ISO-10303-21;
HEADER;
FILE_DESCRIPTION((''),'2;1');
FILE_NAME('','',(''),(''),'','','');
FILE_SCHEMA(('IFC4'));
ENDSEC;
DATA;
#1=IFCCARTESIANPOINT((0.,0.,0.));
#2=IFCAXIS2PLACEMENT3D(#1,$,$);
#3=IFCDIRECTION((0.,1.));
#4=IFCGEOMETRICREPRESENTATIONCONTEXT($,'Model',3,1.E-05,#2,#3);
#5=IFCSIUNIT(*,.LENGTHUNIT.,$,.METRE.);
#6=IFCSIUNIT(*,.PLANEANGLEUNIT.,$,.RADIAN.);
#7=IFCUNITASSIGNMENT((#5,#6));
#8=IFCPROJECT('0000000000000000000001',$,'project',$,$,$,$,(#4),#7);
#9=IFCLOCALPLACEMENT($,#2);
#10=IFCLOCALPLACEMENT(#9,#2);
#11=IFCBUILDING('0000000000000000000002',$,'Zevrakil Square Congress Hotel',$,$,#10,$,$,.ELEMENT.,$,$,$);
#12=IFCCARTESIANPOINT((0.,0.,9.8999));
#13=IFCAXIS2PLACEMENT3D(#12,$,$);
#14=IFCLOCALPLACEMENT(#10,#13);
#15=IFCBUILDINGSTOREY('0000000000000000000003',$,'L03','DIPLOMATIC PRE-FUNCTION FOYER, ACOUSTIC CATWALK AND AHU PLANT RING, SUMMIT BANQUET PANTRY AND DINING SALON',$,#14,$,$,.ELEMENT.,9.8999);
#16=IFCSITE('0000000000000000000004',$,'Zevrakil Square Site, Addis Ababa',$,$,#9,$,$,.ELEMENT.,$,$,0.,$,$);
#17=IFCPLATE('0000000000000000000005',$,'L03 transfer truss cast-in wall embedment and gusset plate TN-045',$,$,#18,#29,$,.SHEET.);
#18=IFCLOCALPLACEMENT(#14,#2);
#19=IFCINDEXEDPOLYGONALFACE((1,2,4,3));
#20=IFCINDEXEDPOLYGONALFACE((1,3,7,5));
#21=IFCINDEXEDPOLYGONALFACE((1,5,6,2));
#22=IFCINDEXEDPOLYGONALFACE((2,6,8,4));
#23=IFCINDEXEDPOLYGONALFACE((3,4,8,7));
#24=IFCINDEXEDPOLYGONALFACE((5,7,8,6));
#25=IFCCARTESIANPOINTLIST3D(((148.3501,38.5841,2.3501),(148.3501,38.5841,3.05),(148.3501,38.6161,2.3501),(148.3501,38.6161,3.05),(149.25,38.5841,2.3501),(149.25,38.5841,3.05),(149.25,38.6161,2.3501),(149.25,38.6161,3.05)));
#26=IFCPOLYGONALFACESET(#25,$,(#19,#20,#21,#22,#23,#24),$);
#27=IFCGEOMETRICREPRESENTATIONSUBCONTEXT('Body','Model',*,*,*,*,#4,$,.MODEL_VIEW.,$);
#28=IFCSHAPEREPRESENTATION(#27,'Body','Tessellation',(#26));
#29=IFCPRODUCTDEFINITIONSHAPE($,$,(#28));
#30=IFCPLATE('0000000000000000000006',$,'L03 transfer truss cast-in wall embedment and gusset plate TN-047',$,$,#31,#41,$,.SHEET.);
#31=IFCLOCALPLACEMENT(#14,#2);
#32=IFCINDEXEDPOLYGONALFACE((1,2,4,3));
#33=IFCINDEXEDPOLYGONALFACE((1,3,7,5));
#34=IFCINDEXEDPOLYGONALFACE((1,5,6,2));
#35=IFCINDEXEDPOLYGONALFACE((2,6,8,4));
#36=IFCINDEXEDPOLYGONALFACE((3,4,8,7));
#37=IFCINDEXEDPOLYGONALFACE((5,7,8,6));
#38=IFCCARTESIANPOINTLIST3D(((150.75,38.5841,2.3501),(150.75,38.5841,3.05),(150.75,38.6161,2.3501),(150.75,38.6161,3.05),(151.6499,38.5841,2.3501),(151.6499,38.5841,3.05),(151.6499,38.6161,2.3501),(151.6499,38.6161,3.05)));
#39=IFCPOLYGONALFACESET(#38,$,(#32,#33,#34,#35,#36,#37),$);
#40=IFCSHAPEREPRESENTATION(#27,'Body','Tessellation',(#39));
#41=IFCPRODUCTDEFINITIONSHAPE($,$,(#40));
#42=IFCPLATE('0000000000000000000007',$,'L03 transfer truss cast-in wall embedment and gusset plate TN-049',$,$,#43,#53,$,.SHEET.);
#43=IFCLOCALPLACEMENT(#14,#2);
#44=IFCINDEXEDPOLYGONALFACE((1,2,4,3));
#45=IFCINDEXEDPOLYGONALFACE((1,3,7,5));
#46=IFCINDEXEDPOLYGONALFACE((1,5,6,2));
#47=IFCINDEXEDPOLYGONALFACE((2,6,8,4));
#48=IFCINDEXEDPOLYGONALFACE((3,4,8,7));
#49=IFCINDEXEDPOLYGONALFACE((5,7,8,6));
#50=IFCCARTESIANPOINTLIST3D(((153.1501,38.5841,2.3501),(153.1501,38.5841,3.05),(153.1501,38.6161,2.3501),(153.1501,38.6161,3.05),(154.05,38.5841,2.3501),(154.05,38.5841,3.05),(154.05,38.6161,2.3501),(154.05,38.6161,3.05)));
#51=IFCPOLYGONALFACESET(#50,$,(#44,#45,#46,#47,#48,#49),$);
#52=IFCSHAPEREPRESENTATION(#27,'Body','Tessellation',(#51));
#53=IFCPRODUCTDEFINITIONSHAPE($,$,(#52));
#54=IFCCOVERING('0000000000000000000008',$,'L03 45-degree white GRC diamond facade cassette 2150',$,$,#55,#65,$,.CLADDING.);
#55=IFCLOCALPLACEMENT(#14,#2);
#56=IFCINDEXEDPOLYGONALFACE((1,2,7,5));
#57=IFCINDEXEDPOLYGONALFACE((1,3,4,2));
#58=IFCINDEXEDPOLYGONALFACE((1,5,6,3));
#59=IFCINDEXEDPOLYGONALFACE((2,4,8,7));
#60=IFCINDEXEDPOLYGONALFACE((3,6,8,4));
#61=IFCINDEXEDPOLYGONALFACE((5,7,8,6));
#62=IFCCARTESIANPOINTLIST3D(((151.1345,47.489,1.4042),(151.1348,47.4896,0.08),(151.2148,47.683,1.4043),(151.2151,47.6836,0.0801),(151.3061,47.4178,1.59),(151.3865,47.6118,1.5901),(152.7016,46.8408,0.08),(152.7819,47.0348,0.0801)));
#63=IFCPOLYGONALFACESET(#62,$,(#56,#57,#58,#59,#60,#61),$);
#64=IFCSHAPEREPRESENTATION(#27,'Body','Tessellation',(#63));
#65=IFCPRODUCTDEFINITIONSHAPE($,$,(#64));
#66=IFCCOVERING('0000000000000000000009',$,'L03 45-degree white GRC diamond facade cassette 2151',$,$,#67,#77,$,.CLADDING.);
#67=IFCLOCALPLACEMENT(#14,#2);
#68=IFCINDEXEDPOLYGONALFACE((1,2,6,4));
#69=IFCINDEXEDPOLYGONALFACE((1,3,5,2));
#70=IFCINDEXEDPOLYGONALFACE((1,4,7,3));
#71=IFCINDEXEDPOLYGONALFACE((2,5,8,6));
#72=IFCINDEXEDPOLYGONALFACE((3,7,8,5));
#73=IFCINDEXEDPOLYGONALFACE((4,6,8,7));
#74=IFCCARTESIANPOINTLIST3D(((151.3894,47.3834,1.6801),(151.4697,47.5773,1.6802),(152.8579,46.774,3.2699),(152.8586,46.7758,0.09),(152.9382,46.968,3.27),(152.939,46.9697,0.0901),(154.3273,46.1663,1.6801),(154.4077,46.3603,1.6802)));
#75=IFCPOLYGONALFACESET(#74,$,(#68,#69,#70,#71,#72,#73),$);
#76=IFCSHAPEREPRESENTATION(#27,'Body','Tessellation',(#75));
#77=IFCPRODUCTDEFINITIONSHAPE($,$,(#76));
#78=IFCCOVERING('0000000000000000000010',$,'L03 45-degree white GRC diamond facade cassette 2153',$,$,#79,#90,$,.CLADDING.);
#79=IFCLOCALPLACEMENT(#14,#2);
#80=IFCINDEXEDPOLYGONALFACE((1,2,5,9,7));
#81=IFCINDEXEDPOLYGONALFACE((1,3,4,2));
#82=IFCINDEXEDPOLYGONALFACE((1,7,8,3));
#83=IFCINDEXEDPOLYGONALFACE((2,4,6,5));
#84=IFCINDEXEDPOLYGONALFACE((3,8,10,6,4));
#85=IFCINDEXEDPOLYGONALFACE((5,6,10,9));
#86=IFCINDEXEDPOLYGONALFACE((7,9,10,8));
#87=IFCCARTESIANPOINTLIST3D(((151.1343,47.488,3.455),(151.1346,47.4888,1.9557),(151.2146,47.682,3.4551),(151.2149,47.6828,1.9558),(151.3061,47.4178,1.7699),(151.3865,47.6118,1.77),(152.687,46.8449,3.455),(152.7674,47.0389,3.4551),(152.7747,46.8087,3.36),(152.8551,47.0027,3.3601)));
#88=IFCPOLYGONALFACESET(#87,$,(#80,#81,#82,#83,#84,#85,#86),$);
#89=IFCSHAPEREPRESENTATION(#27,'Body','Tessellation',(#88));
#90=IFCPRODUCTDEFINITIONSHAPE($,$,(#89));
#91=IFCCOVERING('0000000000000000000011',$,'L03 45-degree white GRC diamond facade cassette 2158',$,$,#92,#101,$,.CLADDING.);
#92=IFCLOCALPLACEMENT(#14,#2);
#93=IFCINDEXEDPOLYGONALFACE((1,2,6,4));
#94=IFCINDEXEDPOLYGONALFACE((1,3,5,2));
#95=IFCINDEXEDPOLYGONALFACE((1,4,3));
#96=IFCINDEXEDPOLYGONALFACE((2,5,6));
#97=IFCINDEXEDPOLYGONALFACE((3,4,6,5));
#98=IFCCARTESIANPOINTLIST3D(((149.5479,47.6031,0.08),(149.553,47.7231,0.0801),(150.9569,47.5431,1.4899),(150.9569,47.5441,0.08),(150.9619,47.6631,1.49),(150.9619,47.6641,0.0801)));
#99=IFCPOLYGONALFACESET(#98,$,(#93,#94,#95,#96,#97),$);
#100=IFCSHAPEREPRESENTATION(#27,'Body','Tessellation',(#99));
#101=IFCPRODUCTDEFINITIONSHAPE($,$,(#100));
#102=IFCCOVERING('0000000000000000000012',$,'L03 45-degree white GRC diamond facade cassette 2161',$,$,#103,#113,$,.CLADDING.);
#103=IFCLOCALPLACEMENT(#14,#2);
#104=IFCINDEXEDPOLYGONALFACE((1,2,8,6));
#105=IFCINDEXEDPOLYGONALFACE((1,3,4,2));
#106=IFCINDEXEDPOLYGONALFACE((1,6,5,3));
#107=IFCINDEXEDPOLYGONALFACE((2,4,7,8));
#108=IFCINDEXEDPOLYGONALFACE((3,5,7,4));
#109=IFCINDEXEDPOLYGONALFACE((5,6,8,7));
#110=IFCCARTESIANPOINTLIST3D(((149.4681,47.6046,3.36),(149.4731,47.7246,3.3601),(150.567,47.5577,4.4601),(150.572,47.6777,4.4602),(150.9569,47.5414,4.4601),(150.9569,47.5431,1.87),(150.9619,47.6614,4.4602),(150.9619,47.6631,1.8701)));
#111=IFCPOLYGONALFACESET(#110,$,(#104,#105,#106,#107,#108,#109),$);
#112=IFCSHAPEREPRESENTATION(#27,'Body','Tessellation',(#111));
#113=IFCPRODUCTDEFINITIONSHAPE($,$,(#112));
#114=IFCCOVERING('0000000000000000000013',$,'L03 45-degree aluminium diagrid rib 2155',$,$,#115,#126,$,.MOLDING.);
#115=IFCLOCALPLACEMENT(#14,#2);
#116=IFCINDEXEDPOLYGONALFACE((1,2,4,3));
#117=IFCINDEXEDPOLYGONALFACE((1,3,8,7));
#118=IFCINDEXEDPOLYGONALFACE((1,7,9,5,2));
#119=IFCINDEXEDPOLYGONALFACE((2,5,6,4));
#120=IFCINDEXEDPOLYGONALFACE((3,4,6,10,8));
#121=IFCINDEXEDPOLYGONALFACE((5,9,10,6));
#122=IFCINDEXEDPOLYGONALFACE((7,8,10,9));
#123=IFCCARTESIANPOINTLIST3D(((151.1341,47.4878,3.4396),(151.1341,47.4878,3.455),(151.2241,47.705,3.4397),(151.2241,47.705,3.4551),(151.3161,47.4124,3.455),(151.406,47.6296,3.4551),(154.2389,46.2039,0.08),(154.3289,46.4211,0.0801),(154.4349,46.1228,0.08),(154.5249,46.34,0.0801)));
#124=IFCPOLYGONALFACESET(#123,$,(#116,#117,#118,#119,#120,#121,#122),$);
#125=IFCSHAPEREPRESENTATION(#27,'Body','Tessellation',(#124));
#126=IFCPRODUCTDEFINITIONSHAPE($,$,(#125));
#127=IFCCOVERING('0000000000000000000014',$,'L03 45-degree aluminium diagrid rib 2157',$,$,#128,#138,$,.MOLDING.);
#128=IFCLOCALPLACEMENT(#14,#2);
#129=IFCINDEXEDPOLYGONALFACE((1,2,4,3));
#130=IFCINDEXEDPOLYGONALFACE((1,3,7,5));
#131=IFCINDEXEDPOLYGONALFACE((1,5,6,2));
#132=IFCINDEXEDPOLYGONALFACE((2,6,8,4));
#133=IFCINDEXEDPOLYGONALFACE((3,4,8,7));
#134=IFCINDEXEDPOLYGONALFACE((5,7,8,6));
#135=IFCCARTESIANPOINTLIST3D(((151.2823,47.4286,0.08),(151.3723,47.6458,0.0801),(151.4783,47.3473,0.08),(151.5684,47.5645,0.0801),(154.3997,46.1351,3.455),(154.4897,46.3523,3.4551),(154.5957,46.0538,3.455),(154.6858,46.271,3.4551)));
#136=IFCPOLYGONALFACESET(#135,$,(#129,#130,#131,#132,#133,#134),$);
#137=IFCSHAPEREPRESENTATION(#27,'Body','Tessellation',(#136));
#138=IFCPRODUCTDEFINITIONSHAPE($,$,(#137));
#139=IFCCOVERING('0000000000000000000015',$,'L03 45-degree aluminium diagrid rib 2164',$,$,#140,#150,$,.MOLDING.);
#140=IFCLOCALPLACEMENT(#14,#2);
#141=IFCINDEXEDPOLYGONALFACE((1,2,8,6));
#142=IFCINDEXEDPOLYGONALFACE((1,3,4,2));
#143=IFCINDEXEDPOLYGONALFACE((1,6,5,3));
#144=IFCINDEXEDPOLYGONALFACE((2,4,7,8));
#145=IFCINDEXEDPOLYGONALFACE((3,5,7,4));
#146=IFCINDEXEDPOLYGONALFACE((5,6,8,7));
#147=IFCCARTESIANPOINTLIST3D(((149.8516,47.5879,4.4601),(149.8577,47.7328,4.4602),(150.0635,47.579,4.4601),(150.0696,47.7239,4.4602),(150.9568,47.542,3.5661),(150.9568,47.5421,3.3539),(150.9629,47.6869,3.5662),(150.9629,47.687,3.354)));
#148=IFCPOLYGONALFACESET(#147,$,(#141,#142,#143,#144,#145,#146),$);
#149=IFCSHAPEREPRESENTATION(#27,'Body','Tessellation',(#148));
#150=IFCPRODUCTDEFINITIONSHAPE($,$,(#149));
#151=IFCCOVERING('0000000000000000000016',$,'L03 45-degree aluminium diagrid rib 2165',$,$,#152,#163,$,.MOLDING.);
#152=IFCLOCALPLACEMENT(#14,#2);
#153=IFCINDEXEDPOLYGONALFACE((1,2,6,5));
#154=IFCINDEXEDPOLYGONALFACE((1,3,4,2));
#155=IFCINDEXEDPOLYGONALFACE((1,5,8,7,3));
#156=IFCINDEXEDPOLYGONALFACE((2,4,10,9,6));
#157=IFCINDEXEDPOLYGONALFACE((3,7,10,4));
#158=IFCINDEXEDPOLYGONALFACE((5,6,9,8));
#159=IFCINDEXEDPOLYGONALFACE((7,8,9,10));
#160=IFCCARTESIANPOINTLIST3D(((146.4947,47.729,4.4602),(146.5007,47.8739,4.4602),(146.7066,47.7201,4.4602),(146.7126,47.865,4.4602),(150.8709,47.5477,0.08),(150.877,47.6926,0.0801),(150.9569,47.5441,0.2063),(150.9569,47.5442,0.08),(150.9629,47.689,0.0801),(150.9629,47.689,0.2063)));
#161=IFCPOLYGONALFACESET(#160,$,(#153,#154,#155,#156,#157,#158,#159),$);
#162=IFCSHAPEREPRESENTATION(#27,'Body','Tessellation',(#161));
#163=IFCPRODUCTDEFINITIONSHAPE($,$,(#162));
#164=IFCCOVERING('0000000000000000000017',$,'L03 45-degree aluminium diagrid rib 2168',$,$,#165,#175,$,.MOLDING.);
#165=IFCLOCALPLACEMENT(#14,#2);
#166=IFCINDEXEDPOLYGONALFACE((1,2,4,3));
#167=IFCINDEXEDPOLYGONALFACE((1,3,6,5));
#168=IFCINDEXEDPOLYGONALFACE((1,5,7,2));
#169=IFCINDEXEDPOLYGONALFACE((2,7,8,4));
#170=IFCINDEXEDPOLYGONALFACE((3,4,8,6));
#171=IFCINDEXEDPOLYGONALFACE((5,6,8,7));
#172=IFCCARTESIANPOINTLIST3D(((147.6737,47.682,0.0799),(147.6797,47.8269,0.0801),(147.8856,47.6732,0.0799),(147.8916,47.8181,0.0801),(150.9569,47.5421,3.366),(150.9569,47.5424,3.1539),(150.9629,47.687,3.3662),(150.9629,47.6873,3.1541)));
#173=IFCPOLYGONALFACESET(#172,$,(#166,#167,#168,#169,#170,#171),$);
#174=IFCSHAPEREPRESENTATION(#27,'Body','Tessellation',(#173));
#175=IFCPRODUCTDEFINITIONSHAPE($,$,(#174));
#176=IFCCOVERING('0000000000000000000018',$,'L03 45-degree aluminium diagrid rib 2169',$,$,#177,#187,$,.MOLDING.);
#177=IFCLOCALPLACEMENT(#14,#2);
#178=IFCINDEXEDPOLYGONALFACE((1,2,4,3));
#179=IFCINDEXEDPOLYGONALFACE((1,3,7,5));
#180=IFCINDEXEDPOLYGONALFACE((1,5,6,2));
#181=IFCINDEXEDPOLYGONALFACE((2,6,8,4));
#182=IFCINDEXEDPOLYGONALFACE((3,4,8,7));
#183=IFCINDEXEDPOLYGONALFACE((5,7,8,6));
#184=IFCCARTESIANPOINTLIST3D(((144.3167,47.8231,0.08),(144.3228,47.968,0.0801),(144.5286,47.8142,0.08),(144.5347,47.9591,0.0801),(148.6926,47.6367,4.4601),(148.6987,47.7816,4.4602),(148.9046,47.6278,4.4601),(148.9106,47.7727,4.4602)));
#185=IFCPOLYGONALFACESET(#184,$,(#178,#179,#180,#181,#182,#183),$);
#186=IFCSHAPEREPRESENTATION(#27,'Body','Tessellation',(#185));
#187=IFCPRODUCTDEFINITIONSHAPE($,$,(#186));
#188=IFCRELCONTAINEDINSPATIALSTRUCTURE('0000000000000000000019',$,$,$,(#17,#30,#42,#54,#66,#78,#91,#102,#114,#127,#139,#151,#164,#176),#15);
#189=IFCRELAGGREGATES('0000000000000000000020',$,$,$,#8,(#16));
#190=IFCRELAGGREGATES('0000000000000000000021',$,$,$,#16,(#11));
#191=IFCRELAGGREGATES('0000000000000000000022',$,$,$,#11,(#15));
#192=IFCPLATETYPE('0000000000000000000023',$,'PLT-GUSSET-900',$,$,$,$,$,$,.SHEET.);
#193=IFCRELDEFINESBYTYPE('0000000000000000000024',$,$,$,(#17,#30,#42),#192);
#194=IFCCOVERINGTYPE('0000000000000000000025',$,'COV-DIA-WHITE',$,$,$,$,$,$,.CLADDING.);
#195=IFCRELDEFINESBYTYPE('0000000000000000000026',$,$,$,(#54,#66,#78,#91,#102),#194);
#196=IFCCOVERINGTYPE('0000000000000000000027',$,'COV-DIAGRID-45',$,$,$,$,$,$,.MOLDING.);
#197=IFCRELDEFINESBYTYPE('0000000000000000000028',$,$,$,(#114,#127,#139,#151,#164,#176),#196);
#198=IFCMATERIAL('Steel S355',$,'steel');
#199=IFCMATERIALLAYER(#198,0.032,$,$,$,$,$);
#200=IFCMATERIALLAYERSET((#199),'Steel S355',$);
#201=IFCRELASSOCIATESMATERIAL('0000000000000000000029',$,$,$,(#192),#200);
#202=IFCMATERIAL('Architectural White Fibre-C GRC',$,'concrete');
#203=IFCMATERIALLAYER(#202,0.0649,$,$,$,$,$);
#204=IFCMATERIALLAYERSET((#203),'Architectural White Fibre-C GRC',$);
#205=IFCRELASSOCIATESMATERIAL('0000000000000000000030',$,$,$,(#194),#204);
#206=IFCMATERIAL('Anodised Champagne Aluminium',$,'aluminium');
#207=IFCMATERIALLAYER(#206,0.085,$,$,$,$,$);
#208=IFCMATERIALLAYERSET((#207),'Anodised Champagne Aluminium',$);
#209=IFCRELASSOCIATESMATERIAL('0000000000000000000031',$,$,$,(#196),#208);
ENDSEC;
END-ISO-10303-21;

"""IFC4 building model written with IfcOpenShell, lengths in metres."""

from ifc_helpers import new_model, si_unit, direction, frame, origin, origin_2d, place, context, subcontext, project, spatial, polyline, rectangle, outline, extrude, material, layer, layer_set, type_object, element, save


model = new_model("IFC4")

# Units and contexts
model_context = context("Model", 3, precision=1e-05, world=origin(), true_north=direction((0.0, 1.0)))
body_context = subcontext(model_context, "Body", "Model", "MODEL_VIEW")
ifc_project = project(units=[si_unit("LENGTHUNIT", "METRE"), si_unit("PLANEANGLEUNIT", "RADIAN")], contexts=[model_context])

# Site, building, storey
site_placement = place(None, origin())
site = spatial("IfcSite", under=ifc_project, at=site_placement, Name="Zevrakil Square Site, Addis Ababa", CompositionType="ELEMENT", RefElevation=0.0)
building_placement = place(site_placement, origin())
building = spatial("IfcBuilding", under=site, at=building_placement, Name="Zevrakil Square Congress Hotel", CompositionType="ELEMENT")
storey_placement = place(building_placement, frame((0.0, 0.0, 9.8999)))
storey = spatial("IfcBuildingStorey", under=building, at=storey_placement, Name="L03", Description="DIPLOMATIC PRE-FUNCTION FOYER, ACOUSTIC CATWALK AND AHU PLANT RING, SUMMIT BANQUET PANTRY AND DINING SALON", CompositionType="ELEMENT", Elevation=9.8999)

# Plates
ifc_material_1 = material(Name="Steel S355", Category="steel")
ifc_layer_1 = layer(ifc_material_1, 0.032)
ifc_layer_set_1 = layer_set([ifc_layer_1], Name="Steel S355")
plate_type_1 = type_object("IfcPlateType", Name="PLT-GUSSET-900", PredefinedType="SHEET", material=ifc_layer_set_1)
for number, where, z_axis, x_axis, name in (
    (1, (148.8, 38.6001, 2.3501), (0.0, 0.0, 1.0), (1.0, 0.0, 0.0), "L03 transfer truss cast-in wall embedment and gusset plate TN-045"),
    (2, (151.2, 38.6001, 2.3501), (0.0, 0.0, 1.0), (1.0, 0.0, 0.0), "L03 transfer truss cast-in wall embedment and gusset plate TN-047"),
    (3, (153.6001, 38.6001, 2.3501), (0.0, 0.0, 1.0), (1.0, 0.0, 0.0), "L03 transfer truss cast-in wall embedment and gusset plate TN-049"),
):
    element("IfcPlate", number, at=place(storey_placement, frame(where, z_axis=z_axis, x_axis=x_axis)), inside=storey, type_object=plate_type_1, Name=name, PredefinedType="SHEET", context=body_context, shape_type="SweptSolid", body=[
        extrude(rectangle(XDim=0.8999, YDim=0.032, at=origin_2d()), origin(), (0.0, 0.0, 1.0), 0.7),
    ])

# Coverings
ifc_material_2 = material(Name="Architectural White Fibre-C GRC", Category="concrete")
ifc_layer_2 = layer(ifc_material_2, 0.0649)
ifc_layer_set_2 = layer_set([ifc_layer_2], Name="Architectural White Fibre-C GRC")
covering_type_1 = type_object("IfcCoveringType", Name="COV-DIA-WHITE", PredefinedType="CLADDING", material=ifc_layer_set_2)
covering_1_placement = place(storey_placement, frame((151.3865, 47.6118, 1.5901), z_axis=(0.38257, 0.923926, 0.000496), x_axis=(-0.653279, 0.270883, -0.707)))
element("IfcCovering", 4, at=covering_1_placement, inside=storey, type_object=covering_type_1, Name="L03 45-degree white GRC diamond facade cassette 2150", PredefinedType="CLADDING", context=body_context, shape_type="SweptSolid", body=[
    extrude(outline(polyline([(0.0, 0.0), (0.2628, 0.0), (1.199, -0.9365), (-0.0004, -2.1355), (0.0, 0.0)])), origin(), (0.0, 0.0, -1.0), 0.21),
])
covering_2_placement = place(storey_placement, frame((152.9382, 46.968, 3.27), z_axis=(0.382707, 0.92387, 0.000585), x_axis=(-0.653132, 0.271003, -0.70709)))
element("IfcCovering", 5, at=covering_2_placement, inside=storey, type_object=covering_type_1, Name="L03 45-degree white GRC diamond facade cassette 2151", PredefinedType="CLADDING", context=body_context, shape_type="SweptSolid", body=[
    extrude(outline(polyline([(0.0, 0.0), (2.2484, 0.0), (2.2485, -2.2486), (-0.0003, -2.2486), (0.0, 0.0)])), origin(), (0.0, 0.0, -1.0), 0.21),
])
covering_3_placement = place(storey_placement, frame((151.3865, 47.6118, 1.77), z_axis=(0.382627, 0.923903, 0.000546), x_axis=(0.653116, -0.2709, 0.707144)))
element("IfcCovering", 6, at=covering_3_placement, inside=storey, type_object=covering_type_1, Name="L03 45-degree white GRC diamond facade cassette 2153", PredefinedType="CLADDING", context=body_context, shape_type="SweptSolid", body=[
    extrude(outline(polyline([(0.0, 0.0), (2.2486, 0.0), (2.2487, -0.1343), (1.0603, -1.3227), (0.0001, -0.2627), (0.0, 0.0)])), origin(), (0.0, 0.0, -1.0), 0.21),
])
covering_4_placement = place(storey_placement, frame((149.553, 47.7231, 0.0801), z_axis=(0.041897, 0.999122, 0.000692), x_axis=(0.999122, -0.041897, 0.0)))
element("IfcCovering", 7, at=covering_4_placement, inside=storey, type_object=covering_type_1, Name="L03 45-degree white GRC diamond facade cassette 2158", PredefinedType="CLADDING", context=body_context, shape_type="SweptSolid", body=[
    extrude(outline(polyline([(0.0, 0.0), (1.4102, 0.0), (1.4102, -1.4099), (0.0, 0.0)])), origin(), (0.0, 0.0, -1.0), 0.1201),
])
covering_5_placement = place(storey_placement, frame((149.4731, 47.7246, 3.3601), z_axis=(0.041945, 0.99912, 0.000664), x_axis=(0.706516, -0.029192, -0.707095)))
element("IfcCovering", 8, at=covering_5_placement, inside=storey, type_object=covering_type_1, Name="L03 45-degree white GRC diamond facade cassette 2161", PredefinedType="CLADDING", context=body_context, shape_type="SweptSolid", body=[
    extrude(outline(polyline([(0.0, 0.0), (2.1072, 0.0), (0.2758, -1.8316), (-0.0001, -1.5556), (0.0, 0.0)])), origin(), (0.0, 0.0, -1.0), 0.1201),
])
ifc_material_3 = material(Name="Anodised Champagne Aluminium", Category="aluminium")
ifc_layer_3 = layer(ifc_material_3, 0.085)
ifc_layer_set_3 = layer_set([ifc_layer_3], Name="Anodised Champagne Aluminium")
covering_type_2 = type_object("IfcCoveringType", Name="COV-DIAGRID-45", PredefinedType="MOLDING", material=ifc_layer_set_3)
covering_6_placement = place(storey_placement, frame((154.3289, 46.4211, 0.0801), z_axis=(0.382565, 0.923929, 0.000477), x_axis=(0.923929, -0.382565, 0.0)))
element("IfcCovering", 9, at=covering_6_placement, inside=storey, type_object=covering_type_2, Name="L03 45-degree aluminium diagrid rib 2155", PredefinedType="MOLDING", context=body_context, shape_type="SweptSolid", body=[
    extrude(outline(polyline([(0.0, 0.0), (0.2121, 0.0), (-3.1628, -3.375), (-3.3597, -3.375), (-3.3597, -3.3596), (0.0, 0.0)])), origin(), (0.0, 0.0, -1.0), 0.2351),
])
covering_7_placement = place(storey_placement, frame((154.6858, 46.271, 3.4551), z_axis=(0.383063, 0.923722, 0.000184), x_axis=(-0.923722, 0.383063, 0.0)))
element("IfcCovering", 10, at=covering_7_placement, inside=storey, type_object=covering_type_2, Name="L03 45-degree aluminium diagrid rib 2157", PredefinedType="MOLDING", context=body_context, shape_type="SweptSolid", body=[
    extrude(outline(polyline([(0.0, 0.0), (0.2122, 0.0), (3.5874, -3.375), (3.3751, -3.375), (0.0, 0.0)])), origin(), (0.0, 0.0, -1.0), 0.2351),
])
covering_8_placement = place(storey_placement, frame((150.9629, 47.687, 3.354), z_axis=(0.041982, 0.999118, 0.000606), x_axis=(-0.000025, -0.000606, 1.0)))
element("IfcCovering", 11, at=covering_8_placement, inside=storey, type_object=covering_type_2, Name="L03 45-degree aluminium diagrid rib 2164", PredefinedType="MOLDING", context=body_context, shape_type="SweptSolid", body=[
    extrude(outline(polyline([(0.0, 0.0), (0.2122, 0.0), (1.1062, -0.8941), (1.1062, -1.1062), (0.0, 0.0)])), origin(), (0.0, 0.0, -1.0), 0.145),
])
covering_9_placement = place(storey_placement, frame((150.877, 47.6926, 0.0801), z_axis=(0.041654, 0.999132, 0.000278), x_axis=(0.999132, -0.041654, 0.0)))
element("IfcCovering", 12, at=covering_9_placement, inside=storey, type_object=covering_type_2, Name="L03 45-degree aluminium diagrid rib 2165", PredefinedType="MOLDING", context=body_context, shape_type="SweptSolid", body=[
    extrude(outline(polyline([(0.0, 0.0), (0.086, 0.0), (0.086, -0.1262), (-4.1679, -4.3801), (-4.38, -4.3801), (0.0, 0.0)])), origin(), (0.0, 0.0, -1.0), 0.145),
])
covering_10_placement = place(storey_placement, frame((150.9629, 47.6873, 3.1541), z_axis=(0.04143, 0.999141, 0.001141), x_axis=(0.0, -0.001142, 0.999999)))
element("IfcCovering", 13, at=covering_10_placement, inside=storey, type_object=covering_type_2, Name="L03 45-degree aluminium diagrid rib 2168", PredefinedType="MOLDING", context=body_context, shape_type="SweptSolid", body=[
    extrude(outline(polyline([(0.0, 0.0), (0.2122, 0.0), (-3.0741, -3.286), (-3.0741, -3.0739), (0.0, 0.0)])), origin(), (0.0, 0.0, -1.0), 0.145),
])
covering_11_placement = place(storey_placement, frame((148.9106, 47.7727, 4.4602), z_axis=(0.042014, 0.999117, 0.000545), x_axis=(-0.999117, 0.042014, 0.0)))
element("IfcCovering", 14, at=covering_11_placement, inside=storey, type_object=covering_type_2, Name="L03 45-degree aluminium diagrid rib 2169", PredefinedType="MOLDING", context=body_context, shape_type="SweptSolid", body=[
    extrude(outline(polyline([(0.0, 0.0), (0.2121, 0.0), (4.592, -4.3801), (4.3799, -4.3801), (0.0, 0.0)])), origin(), (0.0, 0.0, -1.0), 0.145),
])

save(model, "model.ifc")
